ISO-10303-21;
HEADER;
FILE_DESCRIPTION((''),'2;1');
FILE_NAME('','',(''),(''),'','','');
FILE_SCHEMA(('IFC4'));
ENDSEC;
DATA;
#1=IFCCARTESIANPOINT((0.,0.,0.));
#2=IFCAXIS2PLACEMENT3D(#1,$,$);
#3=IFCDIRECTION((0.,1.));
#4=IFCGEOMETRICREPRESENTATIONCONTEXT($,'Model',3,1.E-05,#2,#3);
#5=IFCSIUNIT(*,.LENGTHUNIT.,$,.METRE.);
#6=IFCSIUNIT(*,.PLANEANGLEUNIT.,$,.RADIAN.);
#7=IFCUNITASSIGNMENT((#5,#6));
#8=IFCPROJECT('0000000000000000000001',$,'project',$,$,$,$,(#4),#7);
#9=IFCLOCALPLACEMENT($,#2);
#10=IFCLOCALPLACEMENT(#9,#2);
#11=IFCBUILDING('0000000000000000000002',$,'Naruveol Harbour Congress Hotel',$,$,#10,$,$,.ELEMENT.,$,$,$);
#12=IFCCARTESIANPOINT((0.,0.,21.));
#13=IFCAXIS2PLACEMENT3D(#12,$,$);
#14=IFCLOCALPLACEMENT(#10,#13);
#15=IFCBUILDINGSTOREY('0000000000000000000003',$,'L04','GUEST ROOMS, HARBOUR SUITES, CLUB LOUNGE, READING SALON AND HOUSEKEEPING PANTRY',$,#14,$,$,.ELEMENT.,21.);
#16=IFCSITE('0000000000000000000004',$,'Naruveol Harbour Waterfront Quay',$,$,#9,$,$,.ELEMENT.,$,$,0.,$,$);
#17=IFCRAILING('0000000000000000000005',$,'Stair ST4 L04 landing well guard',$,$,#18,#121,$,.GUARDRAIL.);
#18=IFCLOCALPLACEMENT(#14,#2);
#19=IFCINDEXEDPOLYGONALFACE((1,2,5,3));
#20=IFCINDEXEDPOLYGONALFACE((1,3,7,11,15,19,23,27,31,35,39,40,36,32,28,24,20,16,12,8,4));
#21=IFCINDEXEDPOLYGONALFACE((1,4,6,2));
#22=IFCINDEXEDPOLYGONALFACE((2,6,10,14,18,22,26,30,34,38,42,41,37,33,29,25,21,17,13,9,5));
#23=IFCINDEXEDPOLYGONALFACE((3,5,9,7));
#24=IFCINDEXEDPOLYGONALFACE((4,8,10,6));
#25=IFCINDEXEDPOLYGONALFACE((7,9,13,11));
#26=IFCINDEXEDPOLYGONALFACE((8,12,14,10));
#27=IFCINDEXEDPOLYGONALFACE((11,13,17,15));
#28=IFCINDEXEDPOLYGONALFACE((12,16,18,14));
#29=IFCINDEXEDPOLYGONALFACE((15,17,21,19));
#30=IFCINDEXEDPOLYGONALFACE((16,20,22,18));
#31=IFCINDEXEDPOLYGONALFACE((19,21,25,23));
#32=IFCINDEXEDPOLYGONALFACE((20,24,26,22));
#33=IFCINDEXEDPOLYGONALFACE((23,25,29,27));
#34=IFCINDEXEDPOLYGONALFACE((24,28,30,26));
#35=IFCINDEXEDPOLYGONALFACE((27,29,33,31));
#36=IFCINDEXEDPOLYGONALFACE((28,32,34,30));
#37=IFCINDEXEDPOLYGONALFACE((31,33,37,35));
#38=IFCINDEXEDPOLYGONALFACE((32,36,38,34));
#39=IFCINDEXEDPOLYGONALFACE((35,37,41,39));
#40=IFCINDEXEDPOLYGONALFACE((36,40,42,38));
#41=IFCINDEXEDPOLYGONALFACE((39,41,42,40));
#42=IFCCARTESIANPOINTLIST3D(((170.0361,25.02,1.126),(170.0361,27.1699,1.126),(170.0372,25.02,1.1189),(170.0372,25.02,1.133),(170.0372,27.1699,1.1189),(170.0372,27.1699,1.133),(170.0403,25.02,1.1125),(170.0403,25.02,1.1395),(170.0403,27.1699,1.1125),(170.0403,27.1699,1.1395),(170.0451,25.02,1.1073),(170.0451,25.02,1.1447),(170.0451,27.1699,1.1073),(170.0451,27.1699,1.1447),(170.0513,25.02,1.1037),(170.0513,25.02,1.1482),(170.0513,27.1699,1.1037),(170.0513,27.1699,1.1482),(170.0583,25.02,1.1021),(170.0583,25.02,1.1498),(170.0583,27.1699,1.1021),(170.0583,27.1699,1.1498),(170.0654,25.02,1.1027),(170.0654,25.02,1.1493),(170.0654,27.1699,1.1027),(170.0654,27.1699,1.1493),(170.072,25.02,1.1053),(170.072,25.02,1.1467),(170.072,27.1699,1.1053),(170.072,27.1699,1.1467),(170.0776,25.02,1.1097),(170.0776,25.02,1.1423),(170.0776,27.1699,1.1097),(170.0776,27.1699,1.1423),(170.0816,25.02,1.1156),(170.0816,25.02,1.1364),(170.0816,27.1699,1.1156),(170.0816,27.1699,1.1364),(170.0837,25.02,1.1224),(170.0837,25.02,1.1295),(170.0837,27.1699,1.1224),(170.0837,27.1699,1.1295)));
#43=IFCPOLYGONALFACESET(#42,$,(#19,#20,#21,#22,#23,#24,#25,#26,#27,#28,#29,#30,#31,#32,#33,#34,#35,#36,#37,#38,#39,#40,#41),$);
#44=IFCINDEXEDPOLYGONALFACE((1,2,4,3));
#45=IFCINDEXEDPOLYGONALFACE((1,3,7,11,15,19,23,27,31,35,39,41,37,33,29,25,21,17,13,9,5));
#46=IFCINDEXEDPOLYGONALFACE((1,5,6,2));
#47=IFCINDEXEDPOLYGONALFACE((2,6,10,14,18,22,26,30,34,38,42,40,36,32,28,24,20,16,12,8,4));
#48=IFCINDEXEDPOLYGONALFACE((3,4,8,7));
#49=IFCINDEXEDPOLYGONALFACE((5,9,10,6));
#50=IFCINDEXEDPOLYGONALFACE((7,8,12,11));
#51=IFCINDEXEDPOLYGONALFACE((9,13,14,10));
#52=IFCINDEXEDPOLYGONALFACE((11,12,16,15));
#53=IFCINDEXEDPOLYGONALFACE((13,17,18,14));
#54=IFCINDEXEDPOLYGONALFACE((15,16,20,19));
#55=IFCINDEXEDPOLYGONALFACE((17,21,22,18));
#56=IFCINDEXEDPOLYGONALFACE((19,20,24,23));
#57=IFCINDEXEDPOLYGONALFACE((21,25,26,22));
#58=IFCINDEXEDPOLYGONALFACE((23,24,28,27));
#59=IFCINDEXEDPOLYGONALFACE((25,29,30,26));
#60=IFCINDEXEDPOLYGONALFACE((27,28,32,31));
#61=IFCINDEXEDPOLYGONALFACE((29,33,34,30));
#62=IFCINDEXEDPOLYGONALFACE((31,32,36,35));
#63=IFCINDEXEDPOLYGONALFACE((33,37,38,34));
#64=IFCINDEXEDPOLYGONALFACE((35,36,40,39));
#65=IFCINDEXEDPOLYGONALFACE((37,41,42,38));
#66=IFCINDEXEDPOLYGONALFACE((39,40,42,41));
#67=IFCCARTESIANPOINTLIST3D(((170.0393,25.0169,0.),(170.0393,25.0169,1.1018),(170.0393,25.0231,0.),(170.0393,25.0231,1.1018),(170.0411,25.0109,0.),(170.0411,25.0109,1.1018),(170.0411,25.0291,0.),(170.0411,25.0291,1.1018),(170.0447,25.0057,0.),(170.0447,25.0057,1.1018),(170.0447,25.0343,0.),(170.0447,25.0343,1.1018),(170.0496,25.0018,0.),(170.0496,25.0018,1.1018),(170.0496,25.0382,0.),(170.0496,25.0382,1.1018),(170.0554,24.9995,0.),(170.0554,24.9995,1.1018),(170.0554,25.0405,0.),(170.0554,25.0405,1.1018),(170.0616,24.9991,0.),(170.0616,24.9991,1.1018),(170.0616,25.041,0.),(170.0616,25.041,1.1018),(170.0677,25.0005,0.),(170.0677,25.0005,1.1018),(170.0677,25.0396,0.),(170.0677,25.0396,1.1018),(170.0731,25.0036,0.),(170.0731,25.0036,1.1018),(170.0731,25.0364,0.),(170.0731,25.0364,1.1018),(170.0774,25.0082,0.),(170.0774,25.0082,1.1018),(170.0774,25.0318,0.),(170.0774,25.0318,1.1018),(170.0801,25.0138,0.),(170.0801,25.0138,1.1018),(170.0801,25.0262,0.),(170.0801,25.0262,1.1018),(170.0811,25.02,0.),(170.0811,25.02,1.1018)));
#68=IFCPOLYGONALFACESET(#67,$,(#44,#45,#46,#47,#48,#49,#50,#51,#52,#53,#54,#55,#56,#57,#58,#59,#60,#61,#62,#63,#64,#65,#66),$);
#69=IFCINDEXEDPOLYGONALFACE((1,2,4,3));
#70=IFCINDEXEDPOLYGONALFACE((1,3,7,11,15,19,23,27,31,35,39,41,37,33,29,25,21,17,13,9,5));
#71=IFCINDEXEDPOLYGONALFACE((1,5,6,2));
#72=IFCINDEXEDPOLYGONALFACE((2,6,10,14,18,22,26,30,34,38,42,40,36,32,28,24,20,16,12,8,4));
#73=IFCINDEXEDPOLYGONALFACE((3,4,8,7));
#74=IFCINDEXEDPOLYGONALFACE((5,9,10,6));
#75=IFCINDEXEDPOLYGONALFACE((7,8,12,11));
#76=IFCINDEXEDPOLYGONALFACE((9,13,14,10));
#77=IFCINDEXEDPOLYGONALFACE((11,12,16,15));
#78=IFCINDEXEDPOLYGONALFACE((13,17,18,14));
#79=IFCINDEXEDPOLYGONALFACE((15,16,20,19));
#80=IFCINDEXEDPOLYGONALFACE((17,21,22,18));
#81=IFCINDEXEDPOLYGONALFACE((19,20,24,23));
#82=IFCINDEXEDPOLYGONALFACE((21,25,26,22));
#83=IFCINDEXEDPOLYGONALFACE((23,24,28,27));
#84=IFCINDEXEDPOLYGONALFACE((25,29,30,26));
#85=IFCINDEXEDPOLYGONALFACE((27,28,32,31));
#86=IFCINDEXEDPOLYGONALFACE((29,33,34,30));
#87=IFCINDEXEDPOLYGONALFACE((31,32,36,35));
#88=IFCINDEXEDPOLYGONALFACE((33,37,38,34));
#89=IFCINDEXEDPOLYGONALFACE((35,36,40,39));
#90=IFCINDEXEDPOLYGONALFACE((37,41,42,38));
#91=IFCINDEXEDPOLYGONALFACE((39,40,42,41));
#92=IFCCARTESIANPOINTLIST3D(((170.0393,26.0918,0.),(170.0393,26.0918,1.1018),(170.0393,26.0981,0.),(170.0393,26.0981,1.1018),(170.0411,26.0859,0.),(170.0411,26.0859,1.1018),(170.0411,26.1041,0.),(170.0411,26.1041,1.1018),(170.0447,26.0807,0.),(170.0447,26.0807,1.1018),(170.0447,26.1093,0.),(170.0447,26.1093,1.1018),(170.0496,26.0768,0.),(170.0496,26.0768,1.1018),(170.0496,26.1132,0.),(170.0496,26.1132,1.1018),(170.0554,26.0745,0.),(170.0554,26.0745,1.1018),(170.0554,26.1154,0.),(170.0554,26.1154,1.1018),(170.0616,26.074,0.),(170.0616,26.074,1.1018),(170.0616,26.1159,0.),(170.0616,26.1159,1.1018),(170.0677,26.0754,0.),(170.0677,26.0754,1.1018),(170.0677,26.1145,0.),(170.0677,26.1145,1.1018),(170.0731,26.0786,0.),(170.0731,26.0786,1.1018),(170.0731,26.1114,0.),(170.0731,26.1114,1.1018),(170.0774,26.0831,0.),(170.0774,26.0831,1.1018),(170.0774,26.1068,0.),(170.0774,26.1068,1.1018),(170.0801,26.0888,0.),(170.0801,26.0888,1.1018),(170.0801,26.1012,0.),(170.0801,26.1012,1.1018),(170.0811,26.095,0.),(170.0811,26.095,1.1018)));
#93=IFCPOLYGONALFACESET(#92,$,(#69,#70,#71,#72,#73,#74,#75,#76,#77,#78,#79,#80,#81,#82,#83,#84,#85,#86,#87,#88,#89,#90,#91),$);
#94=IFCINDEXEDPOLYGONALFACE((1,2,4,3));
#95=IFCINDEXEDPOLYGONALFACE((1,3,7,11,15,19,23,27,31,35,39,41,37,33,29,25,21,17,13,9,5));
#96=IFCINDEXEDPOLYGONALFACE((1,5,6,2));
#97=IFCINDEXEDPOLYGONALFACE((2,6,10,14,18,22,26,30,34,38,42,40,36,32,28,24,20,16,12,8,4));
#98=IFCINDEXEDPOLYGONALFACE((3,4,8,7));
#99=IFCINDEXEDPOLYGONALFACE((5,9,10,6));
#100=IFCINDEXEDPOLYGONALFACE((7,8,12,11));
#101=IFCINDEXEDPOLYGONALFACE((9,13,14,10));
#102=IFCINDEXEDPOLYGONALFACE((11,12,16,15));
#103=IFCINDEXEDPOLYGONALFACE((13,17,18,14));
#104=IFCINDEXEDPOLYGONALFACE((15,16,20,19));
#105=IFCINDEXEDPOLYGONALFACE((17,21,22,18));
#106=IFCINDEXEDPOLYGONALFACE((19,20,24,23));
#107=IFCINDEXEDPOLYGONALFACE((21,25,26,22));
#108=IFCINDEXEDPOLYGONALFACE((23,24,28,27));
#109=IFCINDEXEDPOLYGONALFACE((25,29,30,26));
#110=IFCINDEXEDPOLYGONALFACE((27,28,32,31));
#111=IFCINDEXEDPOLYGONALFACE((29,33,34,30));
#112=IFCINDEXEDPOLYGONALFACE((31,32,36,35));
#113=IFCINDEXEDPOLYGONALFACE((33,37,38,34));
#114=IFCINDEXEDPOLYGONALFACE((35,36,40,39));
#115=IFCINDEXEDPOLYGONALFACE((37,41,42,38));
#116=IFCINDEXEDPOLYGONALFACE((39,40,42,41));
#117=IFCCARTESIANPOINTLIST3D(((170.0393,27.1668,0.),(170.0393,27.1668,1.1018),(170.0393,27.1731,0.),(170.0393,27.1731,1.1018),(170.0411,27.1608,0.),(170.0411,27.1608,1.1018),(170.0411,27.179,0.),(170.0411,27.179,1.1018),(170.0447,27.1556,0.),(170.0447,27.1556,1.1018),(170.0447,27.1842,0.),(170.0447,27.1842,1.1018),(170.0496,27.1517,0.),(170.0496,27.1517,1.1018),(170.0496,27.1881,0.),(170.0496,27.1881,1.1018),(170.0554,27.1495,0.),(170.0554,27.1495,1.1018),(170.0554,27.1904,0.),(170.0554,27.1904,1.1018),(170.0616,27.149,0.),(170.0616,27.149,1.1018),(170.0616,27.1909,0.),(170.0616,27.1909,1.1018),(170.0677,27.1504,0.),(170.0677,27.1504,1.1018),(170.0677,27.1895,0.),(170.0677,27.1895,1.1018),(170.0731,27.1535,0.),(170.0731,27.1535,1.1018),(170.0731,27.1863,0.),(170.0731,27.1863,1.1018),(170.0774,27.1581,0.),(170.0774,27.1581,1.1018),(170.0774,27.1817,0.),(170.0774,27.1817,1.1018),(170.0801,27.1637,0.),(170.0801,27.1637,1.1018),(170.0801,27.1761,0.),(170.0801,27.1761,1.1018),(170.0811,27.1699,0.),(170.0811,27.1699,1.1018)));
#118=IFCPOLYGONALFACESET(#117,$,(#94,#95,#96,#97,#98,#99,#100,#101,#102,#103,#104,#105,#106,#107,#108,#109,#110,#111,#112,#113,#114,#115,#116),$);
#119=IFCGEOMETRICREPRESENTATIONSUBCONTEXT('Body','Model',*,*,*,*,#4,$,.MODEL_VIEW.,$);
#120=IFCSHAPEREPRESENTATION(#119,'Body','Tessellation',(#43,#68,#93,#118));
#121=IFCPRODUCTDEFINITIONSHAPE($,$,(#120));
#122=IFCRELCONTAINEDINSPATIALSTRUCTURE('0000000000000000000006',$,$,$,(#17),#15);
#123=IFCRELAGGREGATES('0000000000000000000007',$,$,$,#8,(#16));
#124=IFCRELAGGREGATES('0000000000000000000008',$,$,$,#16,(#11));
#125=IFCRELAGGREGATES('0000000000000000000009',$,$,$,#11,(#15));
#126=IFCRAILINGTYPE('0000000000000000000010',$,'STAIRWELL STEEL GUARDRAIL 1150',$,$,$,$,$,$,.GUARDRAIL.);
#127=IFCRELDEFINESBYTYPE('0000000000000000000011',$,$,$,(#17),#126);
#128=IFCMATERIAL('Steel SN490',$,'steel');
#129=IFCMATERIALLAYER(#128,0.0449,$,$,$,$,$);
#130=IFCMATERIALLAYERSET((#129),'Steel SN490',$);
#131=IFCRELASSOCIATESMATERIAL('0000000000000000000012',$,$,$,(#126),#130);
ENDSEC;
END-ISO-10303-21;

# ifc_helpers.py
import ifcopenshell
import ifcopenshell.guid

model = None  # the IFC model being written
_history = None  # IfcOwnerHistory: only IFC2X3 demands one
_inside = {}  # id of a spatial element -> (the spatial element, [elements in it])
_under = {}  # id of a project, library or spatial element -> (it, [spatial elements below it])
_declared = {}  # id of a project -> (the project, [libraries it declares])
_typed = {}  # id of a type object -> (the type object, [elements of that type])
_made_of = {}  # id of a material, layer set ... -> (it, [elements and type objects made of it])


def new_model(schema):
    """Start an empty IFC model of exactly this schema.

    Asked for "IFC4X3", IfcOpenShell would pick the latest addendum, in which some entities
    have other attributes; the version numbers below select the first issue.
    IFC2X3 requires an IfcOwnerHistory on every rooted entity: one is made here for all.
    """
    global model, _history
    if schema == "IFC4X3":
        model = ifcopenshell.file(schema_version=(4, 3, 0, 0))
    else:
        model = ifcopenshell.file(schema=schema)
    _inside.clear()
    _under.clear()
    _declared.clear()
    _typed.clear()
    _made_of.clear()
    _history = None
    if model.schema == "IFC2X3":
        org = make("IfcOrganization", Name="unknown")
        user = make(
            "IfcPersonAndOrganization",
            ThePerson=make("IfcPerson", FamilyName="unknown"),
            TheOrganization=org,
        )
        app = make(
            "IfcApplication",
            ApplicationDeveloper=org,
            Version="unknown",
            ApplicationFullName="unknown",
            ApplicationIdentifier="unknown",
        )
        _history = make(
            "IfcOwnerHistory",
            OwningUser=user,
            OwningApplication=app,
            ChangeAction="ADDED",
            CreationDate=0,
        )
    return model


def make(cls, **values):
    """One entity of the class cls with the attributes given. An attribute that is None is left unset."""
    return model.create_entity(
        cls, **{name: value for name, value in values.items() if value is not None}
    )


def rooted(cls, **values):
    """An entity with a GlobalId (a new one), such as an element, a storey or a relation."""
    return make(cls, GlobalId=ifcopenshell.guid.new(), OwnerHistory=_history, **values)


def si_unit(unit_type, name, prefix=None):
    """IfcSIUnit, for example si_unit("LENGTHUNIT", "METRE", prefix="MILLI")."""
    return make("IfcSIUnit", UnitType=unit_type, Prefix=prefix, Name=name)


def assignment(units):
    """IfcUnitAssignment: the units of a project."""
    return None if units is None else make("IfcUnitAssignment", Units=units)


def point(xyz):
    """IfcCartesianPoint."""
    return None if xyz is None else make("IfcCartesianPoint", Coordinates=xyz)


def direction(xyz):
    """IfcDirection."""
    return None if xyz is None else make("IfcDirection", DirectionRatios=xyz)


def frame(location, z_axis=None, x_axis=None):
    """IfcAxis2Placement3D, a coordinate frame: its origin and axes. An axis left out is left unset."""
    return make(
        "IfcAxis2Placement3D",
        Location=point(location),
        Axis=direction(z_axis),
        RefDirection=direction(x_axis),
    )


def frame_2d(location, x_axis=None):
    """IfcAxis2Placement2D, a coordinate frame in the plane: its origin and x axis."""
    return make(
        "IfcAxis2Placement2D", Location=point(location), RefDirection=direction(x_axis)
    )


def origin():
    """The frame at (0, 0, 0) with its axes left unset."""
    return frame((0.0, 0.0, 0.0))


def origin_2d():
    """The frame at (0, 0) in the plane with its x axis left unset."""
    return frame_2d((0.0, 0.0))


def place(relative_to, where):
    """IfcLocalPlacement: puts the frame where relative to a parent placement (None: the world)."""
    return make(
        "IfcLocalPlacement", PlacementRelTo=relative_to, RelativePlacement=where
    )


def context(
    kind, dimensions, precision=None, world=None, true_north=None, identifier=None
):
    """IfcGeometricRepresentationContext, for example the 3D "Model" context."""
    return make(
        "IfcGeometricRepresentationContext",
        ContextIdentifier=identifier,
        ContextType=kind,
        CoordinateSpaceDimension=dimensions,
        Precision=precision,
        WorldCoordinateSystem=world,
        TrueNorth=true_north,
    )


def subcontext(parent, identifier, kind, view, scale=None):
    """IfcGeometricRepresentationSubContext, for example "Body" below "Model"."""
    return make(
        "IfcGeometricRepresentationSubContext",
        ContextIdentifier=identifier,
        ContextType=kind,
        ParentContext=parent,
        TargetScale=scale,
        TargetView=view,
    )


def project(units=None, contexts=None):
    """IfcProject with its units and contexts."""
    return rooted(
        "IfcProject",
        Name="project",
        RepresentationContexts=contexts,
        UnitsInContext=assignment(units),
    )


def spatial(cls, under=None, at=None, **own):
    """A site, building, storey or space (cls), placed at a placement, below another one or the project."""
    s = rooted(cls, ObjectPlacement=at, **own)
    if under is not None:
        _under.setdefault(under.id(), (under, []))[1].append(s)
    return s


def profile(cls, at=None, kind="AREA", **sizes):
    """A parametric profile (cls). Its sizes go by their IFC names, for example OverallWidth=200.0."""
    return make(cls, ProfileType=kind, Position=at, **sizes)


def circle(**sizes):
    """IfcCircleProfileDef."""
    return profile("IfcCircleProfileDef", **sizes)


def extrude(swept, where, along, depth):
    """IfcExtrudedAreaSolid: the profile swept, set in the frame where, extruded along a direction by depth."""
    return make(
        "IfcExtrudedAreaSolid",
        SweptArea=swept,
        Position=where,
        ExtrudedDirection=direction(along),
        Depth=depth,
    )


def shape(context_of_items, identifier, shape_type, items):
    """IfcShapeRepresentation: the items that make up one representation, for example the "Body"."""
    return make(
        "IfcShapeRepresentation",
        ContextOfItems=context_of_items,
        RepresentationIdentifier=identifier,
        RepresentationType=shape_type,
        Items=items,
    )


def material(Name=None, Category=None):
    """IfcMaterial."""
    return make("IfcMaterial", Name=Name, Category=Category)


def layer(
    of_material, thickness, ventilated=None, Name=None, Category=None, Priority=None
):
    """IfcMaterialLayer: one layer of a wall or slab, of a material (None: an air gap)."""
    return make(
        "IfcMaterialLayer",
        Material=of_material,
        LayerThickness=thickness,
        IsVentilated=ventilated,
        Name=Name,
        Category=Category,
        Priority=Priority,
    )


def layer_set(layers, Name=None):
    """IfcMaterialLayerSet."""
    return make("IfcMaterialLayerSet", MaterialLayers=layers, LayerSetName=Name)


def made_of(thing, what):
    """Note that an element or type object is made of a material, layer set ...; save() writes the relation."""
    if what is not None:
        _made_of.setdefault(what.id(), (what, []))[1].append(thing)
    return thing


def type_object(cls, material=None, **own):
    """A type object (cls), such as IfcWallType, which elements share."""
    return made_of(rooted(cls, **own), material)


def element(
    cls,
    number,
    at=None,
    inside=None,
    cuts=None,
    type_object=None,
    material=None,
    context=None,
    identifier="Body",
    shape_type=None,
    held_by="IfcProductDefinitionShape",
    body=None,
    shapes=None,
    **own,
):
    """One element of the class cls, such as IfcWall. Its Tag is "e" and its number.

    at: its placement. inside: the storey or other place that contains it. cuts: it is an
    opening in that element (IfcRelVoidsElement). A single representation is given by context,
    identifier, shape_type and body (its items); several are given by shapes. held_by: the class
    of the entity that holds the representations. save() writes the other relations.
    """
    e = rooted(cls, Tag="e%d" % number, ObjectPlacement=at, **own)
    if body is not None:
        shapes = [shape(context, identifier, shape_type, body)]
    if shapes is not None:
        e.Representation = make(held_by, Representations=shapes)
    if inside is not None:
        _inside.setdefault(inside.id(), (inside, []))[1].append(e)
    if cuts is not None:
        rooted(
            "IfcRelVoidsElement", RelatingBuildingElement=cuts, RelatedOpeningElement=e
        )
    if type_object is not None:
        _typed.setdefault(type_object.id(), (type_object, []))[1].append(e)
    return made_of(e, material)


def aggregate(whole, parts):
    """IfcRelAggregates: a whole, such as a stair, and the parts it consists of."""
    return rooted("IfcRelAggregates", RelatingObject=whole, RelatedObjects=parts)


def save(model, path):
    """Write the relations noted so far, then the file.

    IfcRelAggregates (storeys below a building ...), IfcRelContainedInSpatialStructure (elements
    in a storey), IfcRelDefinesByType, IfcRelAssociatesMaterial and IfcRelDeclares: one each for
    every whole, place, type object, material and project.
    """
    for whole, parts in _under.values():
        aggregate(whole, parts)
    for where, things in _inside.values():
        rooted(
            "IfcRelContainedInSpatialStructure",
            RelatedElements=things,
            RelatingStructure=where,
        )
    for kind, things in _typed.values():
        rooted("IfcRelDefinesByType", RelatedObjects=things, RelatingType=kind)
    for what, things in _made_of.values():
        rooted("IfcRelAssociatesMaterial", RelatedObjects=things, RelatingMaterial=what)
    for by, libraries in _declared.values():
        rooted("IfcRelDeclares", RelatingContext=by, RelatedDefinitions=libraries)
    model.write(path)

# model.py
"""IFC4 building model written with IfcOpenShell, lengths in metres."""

from ifc_helpers import new_model, si_unit, direction, frame, origin, origin_2d, place, context, subcontext, project, spatial, circle, extrude, material, layer, layer_set, type_object, element, save


model = new_model("IFC4")

# Units and contexts
model_context = context("Model", 3, precision=1e-05, world=origin(), true_north=direction((0.0, 1.0)))
body_context = subcontext(model_context, "Body", "Model", "MODEL_VIEW")
ifc_project = project(units=[si_unit("LENGTHUNIT", "METRE"), si_unit("PLANEANGLEUNIT", "RADIAN")], contexts=[model_context])

# Site, building, storey
site_placement = place(None, origin())
site = spatial("IfcSite", under=ifc_project, at=site_placement, Name="Naruveol Harbour Waterfront Quay", CompositionType="ELEMENT", RefElevation=0.0)
building_placement = place(site_placement, origin())
building = spatial("IfcBuilding", under=site, at=building_placement, Name="Naruveol Harbour Congress Hotel", CompositionType="ELEMENT")
storey_placement = place(building_placement, frame((0.0, 0.0, 21.0)))
storey = spatial("IfcBuildingStorey", under=building, at=storey_placement, Name="L04", Description="GUEST ROOMS, HARBOUR SUITES, CLUB LOUNGE, READING SALON AND HOUSEKEEPING PANTRY", CompositionType="ELEMENT", Elevation=21.0)

# Railing
ifc_material_1 = material(Name="Steel SN490", Category="steel")
ifc_layer_1 = layer(ifc_material_1, 0.0449)
ifc_layer_set_1 = layer_set([ifc_layer_1], Name="Steel SN490")
railing_type_1 = type_object("IfcRailingType", Name="STAIRWELL STEEL GUARDRAIL 1150", PredefinedType="GUARDRAIL", material=ifc_layer_set_1)
railing_1_placement = place(storey_placement, frame((170.0601, 25.02, 0.0)))
element("IfcRailing", 1, at=railing_1_placement, inside=storey, type_object=railing_type_1, Name="Stair ST4 L04 landing well guard", PredefinedType="GUARDRAIL", context=body_context, shape_type="SweptSolid", body=[
    extrude(circle(Radius=0.0239, at=origin_2d()), frame((0.0, 0.0, 1.126), z_axis=(0.0, 1.0, 0.0), x_axis=(-1.0, 0.0, 0.0)), (0.0, 0.0, 1.0), 2.1499),
    extrude(circle(Radius=0.021, at=origin_2d()), origin(), (0.0, 0.0, 1.0), 1.1018),
    extrude(circle(Radius=0.021, at=origin_2d()), frame((0.0, 1.075, 0.0)), (0.0, 0.0, 1.0), 1.1018),
    extrude(circle(Radius=0.021, at=origin_2d()), frame((0.0, 2.1499, 0.0)), (0.0, 0.0, 1.0), 1.1018),
])

save(model, "model.ifc")
